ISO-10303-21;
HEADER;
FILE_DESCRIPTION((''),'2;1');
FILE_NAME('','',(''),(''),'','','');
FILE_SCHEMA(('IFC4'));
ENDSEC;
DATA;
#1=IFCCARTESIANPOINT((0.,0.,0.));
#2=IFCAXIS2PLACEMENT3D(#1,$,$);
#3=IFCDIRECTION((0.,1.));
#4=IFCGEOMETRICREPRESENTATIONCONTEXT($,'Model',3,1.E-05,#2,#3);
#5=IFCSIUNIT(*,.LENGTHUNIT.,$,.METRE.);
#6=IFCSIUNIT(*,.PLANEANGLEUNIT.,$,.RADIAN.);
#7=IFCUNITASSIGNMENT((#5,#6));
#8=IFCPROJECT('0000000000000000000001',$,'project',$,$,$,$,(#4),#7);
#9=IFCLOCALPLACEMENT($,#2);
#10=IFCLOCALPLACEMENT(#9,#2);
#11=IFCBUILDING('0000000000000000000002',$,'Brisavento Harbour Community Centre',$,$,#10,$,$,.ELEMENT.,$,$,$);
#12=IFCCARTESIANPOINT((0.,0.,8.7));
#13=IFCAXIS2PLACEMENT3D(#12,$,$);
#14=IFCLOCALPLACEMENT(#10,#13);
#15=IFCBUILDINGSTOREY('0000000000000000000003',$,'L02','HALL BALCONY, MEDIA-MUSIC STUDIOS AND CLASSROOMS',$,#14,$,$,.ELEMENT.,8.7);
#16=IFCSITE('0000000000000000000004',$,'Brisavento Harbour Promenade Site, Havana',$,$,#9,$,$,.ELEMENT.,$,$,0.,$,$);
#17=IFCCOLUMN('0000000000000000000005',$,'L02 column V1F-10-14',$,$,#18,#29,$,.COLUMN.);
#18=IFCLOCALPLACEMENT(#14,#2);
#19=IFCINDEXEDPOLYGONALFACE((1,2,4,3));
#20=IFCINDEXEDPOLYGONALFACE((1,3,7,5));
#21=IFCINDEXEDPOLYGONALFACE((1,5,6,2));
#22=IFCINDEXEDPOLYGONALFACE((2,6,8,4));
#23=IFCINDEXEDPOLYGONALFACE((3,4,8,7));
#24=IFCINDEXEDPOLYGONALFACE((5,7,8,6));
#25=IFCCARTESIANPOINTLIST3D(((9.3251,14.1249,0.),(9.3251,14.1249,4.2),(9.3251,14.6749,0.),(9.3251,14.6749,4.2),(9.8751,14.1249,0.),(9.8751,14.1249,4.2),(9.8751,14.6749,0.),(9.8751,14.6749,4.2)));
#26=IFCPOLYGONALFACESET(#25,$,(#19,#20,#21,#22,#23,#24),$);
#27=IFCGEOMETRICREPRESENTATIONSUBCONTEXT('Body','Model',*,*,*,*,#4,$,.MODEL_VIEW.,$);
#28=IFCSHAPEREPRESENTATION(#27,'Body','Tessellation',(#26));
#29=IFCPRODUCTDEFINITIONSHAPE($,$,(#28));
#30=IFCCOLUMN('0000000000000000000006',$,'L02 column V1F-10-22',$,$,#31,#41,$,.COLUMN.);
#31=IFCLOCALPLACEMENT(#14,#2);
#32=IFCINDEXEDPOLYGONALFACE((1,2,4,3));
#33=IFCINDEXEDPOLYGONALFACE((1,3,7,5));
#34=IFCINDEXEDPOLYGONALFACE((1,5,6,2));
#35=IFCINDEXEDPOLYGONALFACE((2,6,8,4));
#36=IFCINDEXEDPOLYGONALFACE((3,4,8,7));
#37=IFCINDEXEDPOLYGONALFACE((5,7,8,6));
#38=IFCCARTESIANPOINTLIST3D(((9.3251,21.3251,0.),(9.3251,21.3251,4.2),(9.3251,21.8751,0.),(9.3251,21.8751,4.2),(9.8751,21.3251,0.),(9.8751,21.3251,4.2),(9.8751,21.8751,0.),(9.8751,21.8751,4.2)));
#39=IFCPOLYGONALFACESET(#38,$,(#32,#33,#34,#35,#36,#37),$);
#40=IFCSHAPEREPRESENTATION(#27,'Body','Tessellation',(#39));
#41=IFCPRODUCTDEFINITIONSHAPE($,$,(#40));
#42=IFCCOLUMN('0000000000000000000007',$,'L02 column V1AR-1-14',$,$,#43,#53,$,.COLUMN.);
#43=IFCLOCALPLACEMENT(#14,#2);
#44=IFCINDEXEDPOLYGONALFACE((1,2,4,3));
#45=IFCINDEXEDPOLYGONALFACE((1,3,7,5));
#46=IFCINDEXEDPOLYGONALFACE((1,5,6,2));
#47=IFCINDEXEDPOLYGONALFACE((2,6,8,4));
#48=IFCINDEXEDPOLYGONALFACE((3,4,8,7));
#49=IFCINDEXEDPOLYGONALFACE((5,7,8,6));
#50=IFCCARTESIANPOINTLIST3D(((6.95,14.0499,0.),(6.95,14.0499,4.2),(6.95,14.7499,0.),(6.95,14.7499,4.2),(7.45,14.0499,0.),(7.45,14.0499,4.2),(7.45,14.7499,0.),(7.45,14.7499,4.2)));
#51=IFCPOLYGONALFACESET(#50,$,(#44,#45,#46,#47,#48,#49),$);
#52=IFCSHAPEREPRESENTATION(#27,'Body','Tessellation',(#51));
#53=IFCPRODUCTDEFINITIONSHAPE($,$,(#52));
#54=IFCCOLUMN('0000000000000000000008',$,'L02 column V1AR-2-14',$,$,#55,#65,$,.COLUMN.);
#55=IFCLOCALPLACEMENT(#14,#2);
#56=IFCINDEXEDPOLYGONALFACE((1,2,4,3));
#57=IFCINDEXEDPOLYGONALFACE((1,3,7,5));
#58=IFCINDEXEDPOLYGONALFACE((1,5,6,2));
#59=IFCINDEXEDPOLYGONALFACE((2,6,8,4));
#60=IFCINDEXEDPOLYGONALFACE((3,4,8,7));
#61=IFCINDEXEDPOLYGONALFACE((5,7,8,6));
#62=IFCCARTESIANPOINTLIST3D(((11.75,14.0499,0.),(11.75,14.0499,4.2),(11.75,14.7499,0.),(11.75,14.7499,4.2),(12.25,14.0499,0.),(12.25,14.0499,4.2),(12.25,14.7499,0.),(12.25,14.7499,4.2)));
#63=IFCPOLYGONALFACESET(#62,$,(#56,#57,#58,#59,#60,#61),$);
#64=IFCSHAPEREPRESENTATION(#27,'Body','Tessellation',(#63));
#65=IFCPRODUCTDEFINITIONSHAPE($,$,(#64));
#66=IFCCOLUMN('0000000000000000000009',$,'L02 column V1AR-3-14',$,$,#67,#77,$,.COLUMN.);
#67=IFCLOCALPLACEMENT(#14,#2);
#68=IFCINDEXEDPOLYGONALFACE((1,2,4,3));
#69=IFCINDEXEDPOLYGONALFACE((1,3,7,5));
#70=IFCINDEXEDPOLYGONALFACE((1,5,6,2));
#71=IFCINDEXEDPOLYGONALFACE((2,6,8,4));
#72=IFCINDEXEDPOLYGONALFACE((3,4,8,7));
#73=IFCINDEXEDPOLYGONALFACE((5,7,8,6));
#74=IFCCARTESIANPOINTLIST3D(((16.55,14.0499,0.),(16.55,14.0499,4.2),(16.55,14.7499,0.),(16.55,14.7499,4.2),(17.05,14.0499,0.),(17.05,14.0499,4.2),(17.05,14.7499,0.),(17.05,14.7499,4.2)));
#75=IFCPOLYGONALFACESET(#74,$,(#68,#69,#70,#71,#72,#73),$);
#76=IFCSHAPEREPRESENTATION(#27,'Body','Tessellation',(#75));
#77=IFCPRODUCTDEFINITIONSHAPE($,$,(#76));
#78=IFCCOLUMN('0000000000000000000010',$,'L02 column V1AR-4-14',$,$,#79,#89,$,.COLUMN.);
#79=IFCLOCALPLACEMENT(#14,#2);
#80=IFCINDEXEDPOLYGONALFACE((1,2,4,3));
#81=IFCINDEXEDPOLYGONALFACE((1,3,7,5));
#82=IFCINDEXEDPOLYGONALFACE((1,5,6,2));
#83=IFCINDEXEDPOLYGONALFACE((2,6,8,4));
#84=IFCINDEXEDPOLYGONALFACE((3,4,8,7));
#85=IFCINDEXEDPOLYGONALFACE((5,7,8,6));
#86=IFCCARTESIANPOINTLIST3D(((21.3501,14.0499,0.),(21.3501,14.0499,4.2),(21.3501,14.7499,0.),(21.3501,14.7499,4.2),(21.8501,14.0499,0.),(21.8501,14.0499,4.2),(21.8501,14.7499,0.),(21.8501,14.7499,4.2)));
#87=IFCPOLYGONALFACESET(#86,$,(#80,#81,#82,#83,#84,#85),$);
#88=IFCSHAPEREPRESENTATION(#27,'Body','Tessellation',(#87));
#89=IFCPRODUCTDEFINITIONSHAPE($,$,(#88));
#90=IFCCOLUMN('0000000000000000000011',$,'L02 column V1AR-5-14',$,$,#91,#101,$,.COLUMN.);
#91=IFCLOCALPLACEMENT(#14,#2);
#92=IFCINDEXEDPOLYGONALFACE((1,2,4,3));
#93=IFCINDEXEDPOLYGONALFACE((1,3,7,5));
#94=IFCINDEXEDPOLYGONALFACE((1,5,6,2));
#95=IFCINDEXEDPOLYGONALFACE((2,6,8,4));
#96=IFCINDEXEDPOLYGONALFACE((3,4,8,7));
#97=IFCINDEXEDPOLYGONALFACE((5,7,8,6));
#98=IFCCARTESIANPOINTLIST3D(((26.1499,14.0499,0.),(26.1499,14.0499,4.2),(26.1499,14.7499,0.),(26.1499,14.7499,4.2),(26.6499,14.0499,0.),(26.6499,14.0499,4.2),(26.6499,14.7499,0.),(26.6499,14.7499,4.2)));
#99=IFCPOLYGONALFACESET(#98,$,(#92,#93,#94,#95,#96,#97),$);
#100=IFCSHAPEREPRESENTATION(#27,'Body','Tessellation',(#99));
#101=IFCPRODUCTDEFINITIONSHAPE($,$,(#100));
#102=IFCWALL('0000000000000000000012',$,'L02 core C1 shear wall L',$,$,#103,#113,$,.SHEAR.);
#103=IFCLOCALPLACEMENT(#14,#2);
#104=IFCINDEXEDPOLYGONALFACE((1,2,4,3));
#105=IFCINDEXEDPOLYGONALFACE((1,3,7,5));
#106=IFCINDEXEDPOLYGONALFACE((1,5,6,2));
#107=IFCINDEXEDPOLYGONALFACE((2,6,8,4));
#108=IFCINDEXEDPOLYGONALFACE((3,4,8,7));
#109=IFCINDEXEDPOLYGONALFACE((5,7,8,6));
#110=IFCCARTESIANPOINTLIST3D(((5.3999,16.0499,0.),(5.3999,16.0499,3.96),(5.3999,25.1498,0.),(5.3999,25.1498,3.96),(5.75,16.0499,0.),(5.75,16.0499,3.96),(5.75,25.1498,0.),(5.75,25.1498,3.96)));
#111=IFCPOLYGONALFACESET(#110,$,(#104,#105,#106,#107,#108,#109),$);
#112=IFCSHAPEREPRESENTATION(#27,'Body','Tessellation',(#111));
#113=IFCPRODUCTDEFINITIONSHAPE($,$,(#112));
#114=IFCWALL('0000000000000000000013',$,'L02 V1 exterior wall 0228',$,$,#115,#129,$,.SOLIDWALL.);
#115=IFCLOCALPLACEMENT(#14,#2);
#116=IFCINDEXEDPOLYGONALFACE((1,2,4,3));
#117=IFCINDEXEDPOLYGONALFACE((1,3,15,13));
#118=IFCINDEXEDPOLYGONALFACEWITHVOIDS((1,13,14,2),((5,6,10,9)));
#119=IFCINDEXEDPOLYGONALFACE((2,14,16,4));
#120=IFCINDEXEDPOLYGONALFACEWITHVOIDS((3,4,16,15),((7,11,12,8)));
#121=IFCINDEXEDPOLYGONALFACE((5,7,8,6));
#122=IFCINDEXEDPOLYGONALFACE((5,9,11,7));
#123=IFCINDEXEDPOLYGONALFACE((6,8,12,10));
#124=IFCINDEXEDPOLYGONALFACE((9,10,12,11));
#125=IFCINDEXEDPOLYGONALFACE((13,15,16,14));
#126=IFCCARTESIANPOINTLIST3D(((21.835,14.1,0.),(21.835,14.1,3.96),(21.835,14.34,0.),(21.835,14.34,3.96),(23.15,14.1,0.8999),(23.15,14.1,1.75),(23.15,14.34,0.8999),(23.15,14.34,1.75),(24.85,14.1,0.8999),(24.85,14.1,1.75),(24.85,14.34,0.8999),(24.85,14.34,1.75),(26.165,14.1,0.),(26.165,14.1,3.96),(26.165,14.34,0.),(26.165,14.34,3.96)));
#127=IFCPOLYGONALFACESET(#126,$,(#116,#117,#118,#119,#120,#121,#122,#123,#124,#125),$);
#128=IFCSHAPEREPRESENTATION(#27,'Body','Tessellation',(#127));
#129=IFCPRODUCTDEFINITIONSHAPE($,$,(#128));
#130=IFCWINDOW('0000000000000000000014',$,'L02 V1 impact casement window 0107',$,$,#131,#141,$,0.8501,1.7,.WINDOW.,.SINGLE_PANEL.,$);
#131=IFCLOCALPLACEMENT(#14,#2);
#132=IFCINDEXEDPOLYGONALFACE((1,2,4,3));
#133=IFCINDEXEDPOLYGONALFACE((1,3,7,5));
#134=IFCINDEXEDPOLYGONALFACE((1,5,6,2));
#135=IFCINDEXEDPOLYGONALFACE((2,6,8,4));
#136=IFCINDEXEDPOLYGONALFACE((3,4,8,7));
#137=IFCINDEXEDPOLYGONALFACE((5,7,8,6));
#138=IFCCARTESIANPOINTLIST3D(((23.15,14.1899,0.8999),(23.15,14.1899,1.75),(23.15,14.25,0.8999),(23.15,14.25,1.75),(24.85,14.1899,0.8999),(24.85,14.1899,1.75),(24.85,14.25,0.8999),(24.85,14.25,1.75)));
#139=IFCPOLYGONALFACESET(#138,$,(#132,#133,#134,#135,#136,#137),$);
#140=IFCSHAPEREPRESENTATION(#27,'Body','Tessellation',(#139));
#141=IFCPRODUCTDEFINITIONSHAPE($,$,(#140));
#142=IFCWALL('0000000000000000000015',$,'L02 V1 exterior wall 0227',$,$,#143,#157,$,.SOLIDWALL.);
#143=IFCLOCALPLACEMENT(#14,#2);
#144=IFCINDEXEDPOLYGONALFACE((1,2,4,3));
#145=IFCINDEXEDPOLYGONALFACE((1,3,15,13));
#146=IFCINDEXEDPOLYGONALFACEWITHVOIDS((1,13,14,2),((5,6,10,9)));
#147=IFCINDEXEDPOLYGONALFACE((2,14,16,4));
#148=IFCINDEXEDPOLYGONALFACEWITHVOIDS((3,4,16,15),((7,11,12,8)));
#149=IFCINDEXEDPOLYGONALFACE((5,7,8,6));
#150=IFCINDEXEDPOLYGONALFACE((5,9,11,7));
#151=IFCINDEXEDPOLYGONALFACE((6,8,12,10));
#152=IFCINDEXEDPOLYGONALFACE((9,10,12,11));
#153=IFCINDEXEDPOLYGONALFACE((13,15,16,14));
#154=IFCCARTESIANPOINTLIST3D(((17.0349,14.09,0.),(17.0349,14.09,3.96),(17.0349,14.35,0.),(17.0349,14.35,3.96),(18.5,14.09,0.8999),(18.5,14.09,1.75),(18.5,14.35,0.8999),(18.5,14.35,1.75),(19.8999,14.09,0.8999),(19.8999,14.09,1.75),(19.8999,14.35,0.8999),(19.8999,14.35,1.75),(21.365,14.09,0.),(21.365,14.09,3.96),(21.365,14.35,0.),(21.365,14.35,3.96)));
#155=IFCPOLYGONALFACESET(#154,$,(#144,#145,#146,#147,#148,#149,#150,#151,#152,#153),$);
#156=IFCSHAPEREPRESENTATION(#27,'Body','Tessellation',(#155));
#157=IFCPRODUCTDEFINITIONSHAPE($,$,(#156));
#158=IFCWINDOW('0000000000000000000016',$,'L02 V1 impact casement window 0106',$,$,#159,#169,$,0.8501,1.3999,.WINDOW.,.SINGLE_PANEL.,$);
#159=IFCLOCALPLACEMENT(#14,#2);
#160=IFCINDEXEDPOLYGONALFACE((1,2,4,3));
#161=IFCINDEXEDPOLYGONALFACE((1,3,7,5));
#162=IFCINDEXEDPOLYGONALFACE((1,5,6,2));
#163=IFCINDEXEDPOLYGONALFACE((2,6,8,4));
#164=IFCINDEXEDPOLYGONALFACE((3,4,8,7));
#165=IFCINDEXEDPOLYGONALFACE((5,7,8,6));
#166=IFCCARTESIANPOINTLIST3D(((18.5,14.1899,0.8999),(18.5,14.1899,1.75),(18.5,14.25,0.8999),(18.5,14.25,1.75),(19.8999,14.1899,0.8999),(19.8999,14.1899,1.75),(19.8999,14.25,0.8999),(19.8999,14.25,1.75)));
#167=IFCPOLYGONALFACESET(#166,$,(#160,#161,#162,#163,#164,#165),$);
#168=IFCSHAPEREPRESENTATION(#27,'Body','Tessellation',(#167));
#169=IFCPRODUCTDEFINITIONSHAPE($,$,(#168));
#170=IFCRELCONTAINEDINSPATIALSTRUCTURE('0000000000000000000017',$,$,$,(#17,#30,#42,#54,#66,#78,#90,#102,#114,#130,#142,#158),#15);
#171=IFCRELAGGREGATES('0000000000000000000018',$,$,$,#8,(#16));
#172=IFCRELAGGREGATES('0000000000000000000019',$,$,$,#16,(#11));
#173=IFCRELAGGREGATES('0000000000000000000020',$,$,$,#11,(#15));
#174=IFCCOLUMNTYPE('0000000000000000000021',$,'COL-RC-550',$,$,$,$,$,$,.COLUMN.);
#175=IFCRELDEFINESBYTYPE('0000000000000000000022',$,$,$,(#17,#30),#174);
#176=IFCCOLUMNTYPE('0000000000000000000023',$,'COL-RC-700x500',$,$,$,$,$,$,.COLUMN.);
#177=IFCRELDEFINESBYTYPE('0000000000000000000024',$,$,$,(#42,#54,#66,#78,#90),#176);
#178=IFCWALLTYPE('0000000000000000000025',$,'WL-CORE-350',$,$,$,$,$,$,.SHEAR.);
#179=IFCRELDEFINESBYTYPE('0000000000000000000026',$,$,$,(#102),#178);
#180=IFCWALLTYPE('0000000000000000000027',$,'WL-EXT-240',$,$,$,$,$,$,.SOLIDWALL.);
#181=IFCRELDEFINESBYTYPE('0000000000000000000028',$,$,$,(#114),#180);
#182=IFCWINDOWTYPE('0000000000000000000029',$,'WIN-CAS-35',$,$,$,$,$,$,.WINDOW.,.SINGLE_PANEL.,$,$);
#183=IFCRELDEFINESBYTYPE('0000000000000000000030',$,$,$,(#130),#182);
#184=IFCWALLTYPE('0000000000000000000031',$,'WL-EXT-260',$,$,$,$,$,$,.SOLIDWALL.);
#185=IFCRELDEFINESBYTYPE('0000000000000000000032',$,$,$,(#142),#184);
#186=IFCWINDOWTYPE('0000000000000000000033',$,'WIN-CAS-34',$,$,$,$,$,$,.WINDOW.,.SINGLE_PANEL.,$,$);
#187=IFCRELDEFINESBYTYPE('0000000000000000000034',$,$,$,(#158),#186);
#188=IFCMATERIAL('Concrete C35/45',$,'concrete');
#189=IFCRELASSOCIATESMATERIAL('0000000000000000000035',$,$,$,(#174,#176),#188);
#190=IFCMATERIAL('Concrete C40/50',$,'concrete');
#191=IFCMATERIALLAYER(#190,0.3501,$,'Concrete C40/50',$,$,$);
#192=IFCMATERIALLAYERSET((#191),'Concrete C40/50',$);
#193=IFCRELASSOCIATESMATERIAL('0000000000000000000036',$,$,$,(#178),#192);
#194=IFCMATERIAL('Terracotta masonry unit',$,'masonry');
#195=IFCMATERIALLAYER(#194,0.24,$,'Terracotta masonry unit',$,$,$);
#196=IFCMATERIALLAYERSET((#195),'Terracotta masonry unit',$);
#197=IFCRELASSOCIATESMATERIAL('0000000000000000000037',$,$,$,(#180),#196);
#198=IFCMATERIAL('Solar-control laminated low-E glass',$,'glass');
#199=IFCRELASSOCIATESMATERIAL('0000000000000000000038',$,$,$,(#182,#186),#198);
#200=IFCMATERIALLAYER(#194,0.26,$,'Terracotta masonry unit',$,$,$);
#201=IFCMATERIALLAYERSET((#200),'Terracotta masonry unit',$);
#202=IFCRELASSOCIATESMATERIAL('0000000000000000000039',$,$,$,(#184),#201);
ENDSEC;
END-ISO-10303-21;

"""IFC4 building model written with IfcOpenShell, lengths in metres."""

from ifc_helpers import new_model, si_unit, direction, frame, frame_2d, origin, origin_2d, place, context, subcontext, project, spatial, rectangle, extrude, material, layer, layer_set, material_profile, profile_set, type_object, element, fill, save


model = new_model("IFC4")

# Units and contexts
model_context = context("Model", 3, precision=1e-05, world=origin(), true_north=direction((0.0, 1.0)))
body_context = subcontext(model_context, "Body", "Model", "MODEL_VIEW")
ifc_project = project(units=[si_unit("LENGTHUNIT", "METRE"), si_unit("PLANEANGLEUNIT", "RADIAN")], contexts=[model_context])

# Site, building, storey
site_placement = place(None, origin())
site = spatial("IfcSite", under=ifc_project, at=site_placement, Name="Brisavento Harbour Promenade Site, Havana", CompositionType="ELEMENT", RefElevation=0.0)
building_placement = place(site_placement, origin())
building = spatial("IfcBuilding", under=site, at=building_placement, Name="Brisavento Harbour Community Centre", CompositionType="ELEMENT")
storey_placement = place(building_placement, frame((0.0, 0.0, 8.7)))
storey = spatial("IfcBuildingStorey", under=building, at=storey_placement, Name="L02", Description="HALL BALCONY, MEDIA-MUSIC STUDIOS AND CLASSROOMS", CompositionType="ELEMENT", Elevation=8.7)

# Columns
ifc_material_1 = material(Name="Concrete C35/45", Category="concrete")
ifc_material_profile_1 = material_profile(ifc_material_1, rectangle(XDim=0.55, YDim=0.55, at=origin_2d()), Name="Concrete C35/45")
ifc_profile_set_1 = profile_set([ifc_material_profile_1], Name="Concrete C35/45")
column_type_1 = type_object("IfcColumnType", Name="COL-RC-550", PredefinedType="COLUMN", material=ifc_profile_set_1)
for number, where, z_axis, x_axis, name in (
    (1, (9.6001, 14.3999, 0.0), (0.0, 0.0, 1.0), (1.0, 0.0, 0.0), "L02 column V1F-10-14"),
    (2, (9.6001, 21.6001, 0.0), (0.0, 0.0, 1.0), (1.0, 0.0, 0.0), "L02 column V1F-10-22"),
):
    element("IfcColumn", number, at=place(storey_placement, frame(where, z_axis=z_axis, x_axis=x_axis)), inside=storey, type_object=column_type_1, Name=name, PredefinedType="COLUMN", context=body_context, shape_type="SweptSolid", body=[
        extrude(rectangle(XDim=0.55, YDim=0.55, at=origin_2d()), origin(), (0.0, 0.0, 1.0), 4.2),
    ])
ifc_material_profile_2 = material_profile(ifc_material_1, rectangle(XDim=0.5, YDim=0.7, at=origin_2d()), Name="Concrete C35/45")
ifc_profile_set_2 = profile_set([ifc_material_profile_2], Name="Concrete C35/45")
column_type_2 = type_object("IfcColumnType", Name="COL-RC-700x500", PredefinedType="COLUMN", material=ifc_profile_set_2)
for number, where, z_axis, x_axis, name in (
    (3, (7.2, 14.3999, 0.0), (0.0, 0.0, 1.0), (1.0, 0.0, 0.0), "L02 column V1AR-1-14"),
    (4, (12.0, 14.3999, 0.0), (0.0, 0.0, 1.0), (1.0, 0.0, 0.0), "L02 column V1AR-2-14"),
    (5, (16.8, 14.3999, 0.0), (0.0, 0.0, 1.0), (1.0, 0.0, 0.0), "L02 column V1AR-3-14"),
    (6, (21.6001, 14.3999, 0.0), (0.0, 0.0, 1.0), (1.0, 0.0, 0.0), "L02 column V1AR-4-14"),
    (7, (26.3999, 14.3999, 0.0), (0.0, 0.0, 1.0), (1.0, 0.0, 0.0), "L02 column V1AR-5-14"),
):
    element("IfcColumn", number, at=place(storey_placement, frame(where, z_axis=z_axis, x_axis=x_axis)), inside=storey, type_object=column_type_2, Name=name, PredefinedType="COLUMN", context=body_context, shape_type="SweptSolid", body=[
        extrude(rectangle(XDim=0.5, YDim=0.7, at=origin_2d()), origin(), (0.0, 0.0, 1.0), 4.2),
    ])

# Wall
ifc_material_2 = material(Name="Concrete C40/50", Category="concrete")
ifc_layer_1 = layer(ifc_material_2, 0.3501, Name="Concrete C40/50")
ifc_layer_set_1 = layer_set([ifc_layer_1], Name="Concrete C40/50")
wall_type_1 = type_object("IfcWallType", Name="WL-CORE-350", PredefinedType="SHEAR", material=ifc_layer_set_1)
wall_1_placement = place(storey_placement, frame((5.575, 16.05, 0.0), z_axis=(0.0, 0.0, 1.0), x_axis=(0.0, 1.0, 0.0)))
element("IfcWall", 8, at=wall_1_placement, inside=storey, type_object=wall_type_1, Name="L02 core C1 shear wall L", PredefinedType="SHEAR", context=body_context, shape_type="SweptSolid", body=[
    extrude(rectangle(XDim=9.0999, YDim=0.3501, at=frame_2d((4.5498, 0.0))), origin(), (0.0, 0.0, 1.0), 3.96),
])

# Walls, openings, windows
ifc_material_3 = material(Name="Terracotta masonry unit", Category="masonry")
ifc_layer_2 = layer(ifc_material_3, 0.24, Name="Terracotta masonry unit")
ifc_layer_set_2 = layer_set([ifc_layer_2], Name="Terracotta masonry unit")
wall_type_2 = type_object("IfcWallType", Name="WL-EXT-240", PredefinedType="SOLIDWALL", material=ifc_layer_set_2)
wall_2_placement = place(storey_placement, frame((21.835, 14.22, 0.0), z_axis=(0.0, 0.0, 1.0), x_axis=(1.0, 0.0, 0.0)))
wall_2 = element("IfcWall", 9, at=wall_2_placement, inside=storey, type_object=wall_type_2, Name="L02 V1 exterior wall 0228", PredefinedType="SOLIDWALL", context=body_context, shape_type="SweptSolid", body=[
    extrude(rectangle(XDim=4.3301, YDim=0.24, at=frame_2d((2.165, 0.0))), origin(), (0.0, 0.0, 1.0), 3.96),
])
opening_1_placement = place(wall_2_placement, frame((1.3149, 0.0, 0.8999)))
opening_1 = element("IfcOpeningElement", 10, at=opening_1_placement, cuts=wall_2, PredefinedType="OPENING", context=body_context, shape_type="SweptSolid", body=[
    extrude(rectangle(XDim=1.7, YDim=0.8501, at=frame_2d((0.8501, 0.425))), frame((0.0, 0.1299, 0.0), z_axis=(0.0, -1.0, 0.0), x_axis=(1.0, 0.0, 0.0)), (0.0, 0.0, 1.0), 0.26),
])
ifc_material_4 = material(Name="Solar-control laminated low-E glass", Category="glass")
window_type_1 = type_object("IfcWindowType", Name="WIN-CAS-35", PartitioningType="SINGLE_PANEL", PredefinedType="WINDOW", material=ifc_material_4)
window_1_placement = place(opening_1_placement, origin())
window_1 = element("IfcWindow", 11, at=window_1_placement, inside=storey, type_object=window_type_1, Name="L02 V1 impact casement window 0107", OverallHeight=0.8501, OverallWidth=1.7, PartitioningType="SINGLE_PANEL", PredefinedType="WINDOW", context=body_context, shape_type="SweptSolid", body=[
    extrude(rectangle(XDim=1.7, YDim=0.8501, at=frame_2d((0.8501, 0.425))), frame((0.0, 0.03, 0.0), z_axis=(0.0, -1.0, 0.0), x_axis=(1.0, 0.0, 0.0)), (0.0, 0.0, 1.0), 0.0601),
])
fill(opening_1, window_1)
ifc_layer_3 = layer(ifc_material_3, 0.26, Name="Terracotta masonry unit")
ifc_layer_set_3 = layer_set([ifc_layer_3], Name="Terracotta masonry unit")
wall_type_3 = type_object("IfcWallType", Name="WL-EXT-260", PredefinedType="SOLIDWALL", material=ifc_layer_set_3)
wall_3_placement = place(storey_placement, frame((17.0349, 14.22, 0.0), z_axis=(0.0, 0.0, 1.0), x_axis=(1.0, 0.0, 0.0)))
wall_3 = element("IfcWall", 12, at=wall_3_placement, inside=storey, type_object=wall_type_3, Name="L02 V1 exterior wall 0227", PredefinedType="SOLIDWALL", context=body_context, shape_type="SweptSolid", body=[
    extrude(rectangle(XDim=4.3301, YDim=0.26, at=frame_2d((2.165, 0.0))), origin(), (0.0, 0.0, 1.0), 3.96),
])
opening_2_placement = place(wall_3_placement, frame((1.4651, 0.0, 0.8999)))
opening_2 = element("IfcOpeningElement", 13, at=opening_2_placement, cuts=wall_3, PredefinedType="OPENING", context=body_context, shape_type="SweptSolid", body=[
    extrude(rectangle(XDim=1.3999, YDim=0.8501, at=frame_2d((0.7, 0.425))), frame((0.0, 0.1401, 0.0), z_axis=(0.0, -1.0, 0.0), x_axis=(1.0, 0.0, 0.0)), (0.0, 0.0, 1.0), 0.28),
])
window_type_2 = type_object("IfcWindowType", Name="WIN-CAS-34", PartitioningType="SINGLE_PANEL", PredefinedType="WINDOW", material=ifc_material_4)
window_2_placement = place(opening_2_placement, origin())
window_2 = element("IfcWindow", 14, at=window_2_placement, inside=storey, type_object=window_type_2, Name="L02 V1 impact casement window 0106", OverallHeight=0.8501, OverallWidth=1.3999, PartitioningType="SINGLE_PANEL", PredefinedType="WINDOW", context=body_context, shape_type="SweptSolid", body=[
    extrude(rectangle(XDim=1.3999, YDim=0.8501, at=frame_2d((0.7, 0.425))), frame((0.0, 0.03, 0.0), z_axis=(0.0, -1.0, 0.0), x_axis=(1.0, 0.0, 0.0)), (0.0, 0.0, 1.0), 0.0601),
])
fill(opening_2, window_2)

save(model, "model.ifc")
